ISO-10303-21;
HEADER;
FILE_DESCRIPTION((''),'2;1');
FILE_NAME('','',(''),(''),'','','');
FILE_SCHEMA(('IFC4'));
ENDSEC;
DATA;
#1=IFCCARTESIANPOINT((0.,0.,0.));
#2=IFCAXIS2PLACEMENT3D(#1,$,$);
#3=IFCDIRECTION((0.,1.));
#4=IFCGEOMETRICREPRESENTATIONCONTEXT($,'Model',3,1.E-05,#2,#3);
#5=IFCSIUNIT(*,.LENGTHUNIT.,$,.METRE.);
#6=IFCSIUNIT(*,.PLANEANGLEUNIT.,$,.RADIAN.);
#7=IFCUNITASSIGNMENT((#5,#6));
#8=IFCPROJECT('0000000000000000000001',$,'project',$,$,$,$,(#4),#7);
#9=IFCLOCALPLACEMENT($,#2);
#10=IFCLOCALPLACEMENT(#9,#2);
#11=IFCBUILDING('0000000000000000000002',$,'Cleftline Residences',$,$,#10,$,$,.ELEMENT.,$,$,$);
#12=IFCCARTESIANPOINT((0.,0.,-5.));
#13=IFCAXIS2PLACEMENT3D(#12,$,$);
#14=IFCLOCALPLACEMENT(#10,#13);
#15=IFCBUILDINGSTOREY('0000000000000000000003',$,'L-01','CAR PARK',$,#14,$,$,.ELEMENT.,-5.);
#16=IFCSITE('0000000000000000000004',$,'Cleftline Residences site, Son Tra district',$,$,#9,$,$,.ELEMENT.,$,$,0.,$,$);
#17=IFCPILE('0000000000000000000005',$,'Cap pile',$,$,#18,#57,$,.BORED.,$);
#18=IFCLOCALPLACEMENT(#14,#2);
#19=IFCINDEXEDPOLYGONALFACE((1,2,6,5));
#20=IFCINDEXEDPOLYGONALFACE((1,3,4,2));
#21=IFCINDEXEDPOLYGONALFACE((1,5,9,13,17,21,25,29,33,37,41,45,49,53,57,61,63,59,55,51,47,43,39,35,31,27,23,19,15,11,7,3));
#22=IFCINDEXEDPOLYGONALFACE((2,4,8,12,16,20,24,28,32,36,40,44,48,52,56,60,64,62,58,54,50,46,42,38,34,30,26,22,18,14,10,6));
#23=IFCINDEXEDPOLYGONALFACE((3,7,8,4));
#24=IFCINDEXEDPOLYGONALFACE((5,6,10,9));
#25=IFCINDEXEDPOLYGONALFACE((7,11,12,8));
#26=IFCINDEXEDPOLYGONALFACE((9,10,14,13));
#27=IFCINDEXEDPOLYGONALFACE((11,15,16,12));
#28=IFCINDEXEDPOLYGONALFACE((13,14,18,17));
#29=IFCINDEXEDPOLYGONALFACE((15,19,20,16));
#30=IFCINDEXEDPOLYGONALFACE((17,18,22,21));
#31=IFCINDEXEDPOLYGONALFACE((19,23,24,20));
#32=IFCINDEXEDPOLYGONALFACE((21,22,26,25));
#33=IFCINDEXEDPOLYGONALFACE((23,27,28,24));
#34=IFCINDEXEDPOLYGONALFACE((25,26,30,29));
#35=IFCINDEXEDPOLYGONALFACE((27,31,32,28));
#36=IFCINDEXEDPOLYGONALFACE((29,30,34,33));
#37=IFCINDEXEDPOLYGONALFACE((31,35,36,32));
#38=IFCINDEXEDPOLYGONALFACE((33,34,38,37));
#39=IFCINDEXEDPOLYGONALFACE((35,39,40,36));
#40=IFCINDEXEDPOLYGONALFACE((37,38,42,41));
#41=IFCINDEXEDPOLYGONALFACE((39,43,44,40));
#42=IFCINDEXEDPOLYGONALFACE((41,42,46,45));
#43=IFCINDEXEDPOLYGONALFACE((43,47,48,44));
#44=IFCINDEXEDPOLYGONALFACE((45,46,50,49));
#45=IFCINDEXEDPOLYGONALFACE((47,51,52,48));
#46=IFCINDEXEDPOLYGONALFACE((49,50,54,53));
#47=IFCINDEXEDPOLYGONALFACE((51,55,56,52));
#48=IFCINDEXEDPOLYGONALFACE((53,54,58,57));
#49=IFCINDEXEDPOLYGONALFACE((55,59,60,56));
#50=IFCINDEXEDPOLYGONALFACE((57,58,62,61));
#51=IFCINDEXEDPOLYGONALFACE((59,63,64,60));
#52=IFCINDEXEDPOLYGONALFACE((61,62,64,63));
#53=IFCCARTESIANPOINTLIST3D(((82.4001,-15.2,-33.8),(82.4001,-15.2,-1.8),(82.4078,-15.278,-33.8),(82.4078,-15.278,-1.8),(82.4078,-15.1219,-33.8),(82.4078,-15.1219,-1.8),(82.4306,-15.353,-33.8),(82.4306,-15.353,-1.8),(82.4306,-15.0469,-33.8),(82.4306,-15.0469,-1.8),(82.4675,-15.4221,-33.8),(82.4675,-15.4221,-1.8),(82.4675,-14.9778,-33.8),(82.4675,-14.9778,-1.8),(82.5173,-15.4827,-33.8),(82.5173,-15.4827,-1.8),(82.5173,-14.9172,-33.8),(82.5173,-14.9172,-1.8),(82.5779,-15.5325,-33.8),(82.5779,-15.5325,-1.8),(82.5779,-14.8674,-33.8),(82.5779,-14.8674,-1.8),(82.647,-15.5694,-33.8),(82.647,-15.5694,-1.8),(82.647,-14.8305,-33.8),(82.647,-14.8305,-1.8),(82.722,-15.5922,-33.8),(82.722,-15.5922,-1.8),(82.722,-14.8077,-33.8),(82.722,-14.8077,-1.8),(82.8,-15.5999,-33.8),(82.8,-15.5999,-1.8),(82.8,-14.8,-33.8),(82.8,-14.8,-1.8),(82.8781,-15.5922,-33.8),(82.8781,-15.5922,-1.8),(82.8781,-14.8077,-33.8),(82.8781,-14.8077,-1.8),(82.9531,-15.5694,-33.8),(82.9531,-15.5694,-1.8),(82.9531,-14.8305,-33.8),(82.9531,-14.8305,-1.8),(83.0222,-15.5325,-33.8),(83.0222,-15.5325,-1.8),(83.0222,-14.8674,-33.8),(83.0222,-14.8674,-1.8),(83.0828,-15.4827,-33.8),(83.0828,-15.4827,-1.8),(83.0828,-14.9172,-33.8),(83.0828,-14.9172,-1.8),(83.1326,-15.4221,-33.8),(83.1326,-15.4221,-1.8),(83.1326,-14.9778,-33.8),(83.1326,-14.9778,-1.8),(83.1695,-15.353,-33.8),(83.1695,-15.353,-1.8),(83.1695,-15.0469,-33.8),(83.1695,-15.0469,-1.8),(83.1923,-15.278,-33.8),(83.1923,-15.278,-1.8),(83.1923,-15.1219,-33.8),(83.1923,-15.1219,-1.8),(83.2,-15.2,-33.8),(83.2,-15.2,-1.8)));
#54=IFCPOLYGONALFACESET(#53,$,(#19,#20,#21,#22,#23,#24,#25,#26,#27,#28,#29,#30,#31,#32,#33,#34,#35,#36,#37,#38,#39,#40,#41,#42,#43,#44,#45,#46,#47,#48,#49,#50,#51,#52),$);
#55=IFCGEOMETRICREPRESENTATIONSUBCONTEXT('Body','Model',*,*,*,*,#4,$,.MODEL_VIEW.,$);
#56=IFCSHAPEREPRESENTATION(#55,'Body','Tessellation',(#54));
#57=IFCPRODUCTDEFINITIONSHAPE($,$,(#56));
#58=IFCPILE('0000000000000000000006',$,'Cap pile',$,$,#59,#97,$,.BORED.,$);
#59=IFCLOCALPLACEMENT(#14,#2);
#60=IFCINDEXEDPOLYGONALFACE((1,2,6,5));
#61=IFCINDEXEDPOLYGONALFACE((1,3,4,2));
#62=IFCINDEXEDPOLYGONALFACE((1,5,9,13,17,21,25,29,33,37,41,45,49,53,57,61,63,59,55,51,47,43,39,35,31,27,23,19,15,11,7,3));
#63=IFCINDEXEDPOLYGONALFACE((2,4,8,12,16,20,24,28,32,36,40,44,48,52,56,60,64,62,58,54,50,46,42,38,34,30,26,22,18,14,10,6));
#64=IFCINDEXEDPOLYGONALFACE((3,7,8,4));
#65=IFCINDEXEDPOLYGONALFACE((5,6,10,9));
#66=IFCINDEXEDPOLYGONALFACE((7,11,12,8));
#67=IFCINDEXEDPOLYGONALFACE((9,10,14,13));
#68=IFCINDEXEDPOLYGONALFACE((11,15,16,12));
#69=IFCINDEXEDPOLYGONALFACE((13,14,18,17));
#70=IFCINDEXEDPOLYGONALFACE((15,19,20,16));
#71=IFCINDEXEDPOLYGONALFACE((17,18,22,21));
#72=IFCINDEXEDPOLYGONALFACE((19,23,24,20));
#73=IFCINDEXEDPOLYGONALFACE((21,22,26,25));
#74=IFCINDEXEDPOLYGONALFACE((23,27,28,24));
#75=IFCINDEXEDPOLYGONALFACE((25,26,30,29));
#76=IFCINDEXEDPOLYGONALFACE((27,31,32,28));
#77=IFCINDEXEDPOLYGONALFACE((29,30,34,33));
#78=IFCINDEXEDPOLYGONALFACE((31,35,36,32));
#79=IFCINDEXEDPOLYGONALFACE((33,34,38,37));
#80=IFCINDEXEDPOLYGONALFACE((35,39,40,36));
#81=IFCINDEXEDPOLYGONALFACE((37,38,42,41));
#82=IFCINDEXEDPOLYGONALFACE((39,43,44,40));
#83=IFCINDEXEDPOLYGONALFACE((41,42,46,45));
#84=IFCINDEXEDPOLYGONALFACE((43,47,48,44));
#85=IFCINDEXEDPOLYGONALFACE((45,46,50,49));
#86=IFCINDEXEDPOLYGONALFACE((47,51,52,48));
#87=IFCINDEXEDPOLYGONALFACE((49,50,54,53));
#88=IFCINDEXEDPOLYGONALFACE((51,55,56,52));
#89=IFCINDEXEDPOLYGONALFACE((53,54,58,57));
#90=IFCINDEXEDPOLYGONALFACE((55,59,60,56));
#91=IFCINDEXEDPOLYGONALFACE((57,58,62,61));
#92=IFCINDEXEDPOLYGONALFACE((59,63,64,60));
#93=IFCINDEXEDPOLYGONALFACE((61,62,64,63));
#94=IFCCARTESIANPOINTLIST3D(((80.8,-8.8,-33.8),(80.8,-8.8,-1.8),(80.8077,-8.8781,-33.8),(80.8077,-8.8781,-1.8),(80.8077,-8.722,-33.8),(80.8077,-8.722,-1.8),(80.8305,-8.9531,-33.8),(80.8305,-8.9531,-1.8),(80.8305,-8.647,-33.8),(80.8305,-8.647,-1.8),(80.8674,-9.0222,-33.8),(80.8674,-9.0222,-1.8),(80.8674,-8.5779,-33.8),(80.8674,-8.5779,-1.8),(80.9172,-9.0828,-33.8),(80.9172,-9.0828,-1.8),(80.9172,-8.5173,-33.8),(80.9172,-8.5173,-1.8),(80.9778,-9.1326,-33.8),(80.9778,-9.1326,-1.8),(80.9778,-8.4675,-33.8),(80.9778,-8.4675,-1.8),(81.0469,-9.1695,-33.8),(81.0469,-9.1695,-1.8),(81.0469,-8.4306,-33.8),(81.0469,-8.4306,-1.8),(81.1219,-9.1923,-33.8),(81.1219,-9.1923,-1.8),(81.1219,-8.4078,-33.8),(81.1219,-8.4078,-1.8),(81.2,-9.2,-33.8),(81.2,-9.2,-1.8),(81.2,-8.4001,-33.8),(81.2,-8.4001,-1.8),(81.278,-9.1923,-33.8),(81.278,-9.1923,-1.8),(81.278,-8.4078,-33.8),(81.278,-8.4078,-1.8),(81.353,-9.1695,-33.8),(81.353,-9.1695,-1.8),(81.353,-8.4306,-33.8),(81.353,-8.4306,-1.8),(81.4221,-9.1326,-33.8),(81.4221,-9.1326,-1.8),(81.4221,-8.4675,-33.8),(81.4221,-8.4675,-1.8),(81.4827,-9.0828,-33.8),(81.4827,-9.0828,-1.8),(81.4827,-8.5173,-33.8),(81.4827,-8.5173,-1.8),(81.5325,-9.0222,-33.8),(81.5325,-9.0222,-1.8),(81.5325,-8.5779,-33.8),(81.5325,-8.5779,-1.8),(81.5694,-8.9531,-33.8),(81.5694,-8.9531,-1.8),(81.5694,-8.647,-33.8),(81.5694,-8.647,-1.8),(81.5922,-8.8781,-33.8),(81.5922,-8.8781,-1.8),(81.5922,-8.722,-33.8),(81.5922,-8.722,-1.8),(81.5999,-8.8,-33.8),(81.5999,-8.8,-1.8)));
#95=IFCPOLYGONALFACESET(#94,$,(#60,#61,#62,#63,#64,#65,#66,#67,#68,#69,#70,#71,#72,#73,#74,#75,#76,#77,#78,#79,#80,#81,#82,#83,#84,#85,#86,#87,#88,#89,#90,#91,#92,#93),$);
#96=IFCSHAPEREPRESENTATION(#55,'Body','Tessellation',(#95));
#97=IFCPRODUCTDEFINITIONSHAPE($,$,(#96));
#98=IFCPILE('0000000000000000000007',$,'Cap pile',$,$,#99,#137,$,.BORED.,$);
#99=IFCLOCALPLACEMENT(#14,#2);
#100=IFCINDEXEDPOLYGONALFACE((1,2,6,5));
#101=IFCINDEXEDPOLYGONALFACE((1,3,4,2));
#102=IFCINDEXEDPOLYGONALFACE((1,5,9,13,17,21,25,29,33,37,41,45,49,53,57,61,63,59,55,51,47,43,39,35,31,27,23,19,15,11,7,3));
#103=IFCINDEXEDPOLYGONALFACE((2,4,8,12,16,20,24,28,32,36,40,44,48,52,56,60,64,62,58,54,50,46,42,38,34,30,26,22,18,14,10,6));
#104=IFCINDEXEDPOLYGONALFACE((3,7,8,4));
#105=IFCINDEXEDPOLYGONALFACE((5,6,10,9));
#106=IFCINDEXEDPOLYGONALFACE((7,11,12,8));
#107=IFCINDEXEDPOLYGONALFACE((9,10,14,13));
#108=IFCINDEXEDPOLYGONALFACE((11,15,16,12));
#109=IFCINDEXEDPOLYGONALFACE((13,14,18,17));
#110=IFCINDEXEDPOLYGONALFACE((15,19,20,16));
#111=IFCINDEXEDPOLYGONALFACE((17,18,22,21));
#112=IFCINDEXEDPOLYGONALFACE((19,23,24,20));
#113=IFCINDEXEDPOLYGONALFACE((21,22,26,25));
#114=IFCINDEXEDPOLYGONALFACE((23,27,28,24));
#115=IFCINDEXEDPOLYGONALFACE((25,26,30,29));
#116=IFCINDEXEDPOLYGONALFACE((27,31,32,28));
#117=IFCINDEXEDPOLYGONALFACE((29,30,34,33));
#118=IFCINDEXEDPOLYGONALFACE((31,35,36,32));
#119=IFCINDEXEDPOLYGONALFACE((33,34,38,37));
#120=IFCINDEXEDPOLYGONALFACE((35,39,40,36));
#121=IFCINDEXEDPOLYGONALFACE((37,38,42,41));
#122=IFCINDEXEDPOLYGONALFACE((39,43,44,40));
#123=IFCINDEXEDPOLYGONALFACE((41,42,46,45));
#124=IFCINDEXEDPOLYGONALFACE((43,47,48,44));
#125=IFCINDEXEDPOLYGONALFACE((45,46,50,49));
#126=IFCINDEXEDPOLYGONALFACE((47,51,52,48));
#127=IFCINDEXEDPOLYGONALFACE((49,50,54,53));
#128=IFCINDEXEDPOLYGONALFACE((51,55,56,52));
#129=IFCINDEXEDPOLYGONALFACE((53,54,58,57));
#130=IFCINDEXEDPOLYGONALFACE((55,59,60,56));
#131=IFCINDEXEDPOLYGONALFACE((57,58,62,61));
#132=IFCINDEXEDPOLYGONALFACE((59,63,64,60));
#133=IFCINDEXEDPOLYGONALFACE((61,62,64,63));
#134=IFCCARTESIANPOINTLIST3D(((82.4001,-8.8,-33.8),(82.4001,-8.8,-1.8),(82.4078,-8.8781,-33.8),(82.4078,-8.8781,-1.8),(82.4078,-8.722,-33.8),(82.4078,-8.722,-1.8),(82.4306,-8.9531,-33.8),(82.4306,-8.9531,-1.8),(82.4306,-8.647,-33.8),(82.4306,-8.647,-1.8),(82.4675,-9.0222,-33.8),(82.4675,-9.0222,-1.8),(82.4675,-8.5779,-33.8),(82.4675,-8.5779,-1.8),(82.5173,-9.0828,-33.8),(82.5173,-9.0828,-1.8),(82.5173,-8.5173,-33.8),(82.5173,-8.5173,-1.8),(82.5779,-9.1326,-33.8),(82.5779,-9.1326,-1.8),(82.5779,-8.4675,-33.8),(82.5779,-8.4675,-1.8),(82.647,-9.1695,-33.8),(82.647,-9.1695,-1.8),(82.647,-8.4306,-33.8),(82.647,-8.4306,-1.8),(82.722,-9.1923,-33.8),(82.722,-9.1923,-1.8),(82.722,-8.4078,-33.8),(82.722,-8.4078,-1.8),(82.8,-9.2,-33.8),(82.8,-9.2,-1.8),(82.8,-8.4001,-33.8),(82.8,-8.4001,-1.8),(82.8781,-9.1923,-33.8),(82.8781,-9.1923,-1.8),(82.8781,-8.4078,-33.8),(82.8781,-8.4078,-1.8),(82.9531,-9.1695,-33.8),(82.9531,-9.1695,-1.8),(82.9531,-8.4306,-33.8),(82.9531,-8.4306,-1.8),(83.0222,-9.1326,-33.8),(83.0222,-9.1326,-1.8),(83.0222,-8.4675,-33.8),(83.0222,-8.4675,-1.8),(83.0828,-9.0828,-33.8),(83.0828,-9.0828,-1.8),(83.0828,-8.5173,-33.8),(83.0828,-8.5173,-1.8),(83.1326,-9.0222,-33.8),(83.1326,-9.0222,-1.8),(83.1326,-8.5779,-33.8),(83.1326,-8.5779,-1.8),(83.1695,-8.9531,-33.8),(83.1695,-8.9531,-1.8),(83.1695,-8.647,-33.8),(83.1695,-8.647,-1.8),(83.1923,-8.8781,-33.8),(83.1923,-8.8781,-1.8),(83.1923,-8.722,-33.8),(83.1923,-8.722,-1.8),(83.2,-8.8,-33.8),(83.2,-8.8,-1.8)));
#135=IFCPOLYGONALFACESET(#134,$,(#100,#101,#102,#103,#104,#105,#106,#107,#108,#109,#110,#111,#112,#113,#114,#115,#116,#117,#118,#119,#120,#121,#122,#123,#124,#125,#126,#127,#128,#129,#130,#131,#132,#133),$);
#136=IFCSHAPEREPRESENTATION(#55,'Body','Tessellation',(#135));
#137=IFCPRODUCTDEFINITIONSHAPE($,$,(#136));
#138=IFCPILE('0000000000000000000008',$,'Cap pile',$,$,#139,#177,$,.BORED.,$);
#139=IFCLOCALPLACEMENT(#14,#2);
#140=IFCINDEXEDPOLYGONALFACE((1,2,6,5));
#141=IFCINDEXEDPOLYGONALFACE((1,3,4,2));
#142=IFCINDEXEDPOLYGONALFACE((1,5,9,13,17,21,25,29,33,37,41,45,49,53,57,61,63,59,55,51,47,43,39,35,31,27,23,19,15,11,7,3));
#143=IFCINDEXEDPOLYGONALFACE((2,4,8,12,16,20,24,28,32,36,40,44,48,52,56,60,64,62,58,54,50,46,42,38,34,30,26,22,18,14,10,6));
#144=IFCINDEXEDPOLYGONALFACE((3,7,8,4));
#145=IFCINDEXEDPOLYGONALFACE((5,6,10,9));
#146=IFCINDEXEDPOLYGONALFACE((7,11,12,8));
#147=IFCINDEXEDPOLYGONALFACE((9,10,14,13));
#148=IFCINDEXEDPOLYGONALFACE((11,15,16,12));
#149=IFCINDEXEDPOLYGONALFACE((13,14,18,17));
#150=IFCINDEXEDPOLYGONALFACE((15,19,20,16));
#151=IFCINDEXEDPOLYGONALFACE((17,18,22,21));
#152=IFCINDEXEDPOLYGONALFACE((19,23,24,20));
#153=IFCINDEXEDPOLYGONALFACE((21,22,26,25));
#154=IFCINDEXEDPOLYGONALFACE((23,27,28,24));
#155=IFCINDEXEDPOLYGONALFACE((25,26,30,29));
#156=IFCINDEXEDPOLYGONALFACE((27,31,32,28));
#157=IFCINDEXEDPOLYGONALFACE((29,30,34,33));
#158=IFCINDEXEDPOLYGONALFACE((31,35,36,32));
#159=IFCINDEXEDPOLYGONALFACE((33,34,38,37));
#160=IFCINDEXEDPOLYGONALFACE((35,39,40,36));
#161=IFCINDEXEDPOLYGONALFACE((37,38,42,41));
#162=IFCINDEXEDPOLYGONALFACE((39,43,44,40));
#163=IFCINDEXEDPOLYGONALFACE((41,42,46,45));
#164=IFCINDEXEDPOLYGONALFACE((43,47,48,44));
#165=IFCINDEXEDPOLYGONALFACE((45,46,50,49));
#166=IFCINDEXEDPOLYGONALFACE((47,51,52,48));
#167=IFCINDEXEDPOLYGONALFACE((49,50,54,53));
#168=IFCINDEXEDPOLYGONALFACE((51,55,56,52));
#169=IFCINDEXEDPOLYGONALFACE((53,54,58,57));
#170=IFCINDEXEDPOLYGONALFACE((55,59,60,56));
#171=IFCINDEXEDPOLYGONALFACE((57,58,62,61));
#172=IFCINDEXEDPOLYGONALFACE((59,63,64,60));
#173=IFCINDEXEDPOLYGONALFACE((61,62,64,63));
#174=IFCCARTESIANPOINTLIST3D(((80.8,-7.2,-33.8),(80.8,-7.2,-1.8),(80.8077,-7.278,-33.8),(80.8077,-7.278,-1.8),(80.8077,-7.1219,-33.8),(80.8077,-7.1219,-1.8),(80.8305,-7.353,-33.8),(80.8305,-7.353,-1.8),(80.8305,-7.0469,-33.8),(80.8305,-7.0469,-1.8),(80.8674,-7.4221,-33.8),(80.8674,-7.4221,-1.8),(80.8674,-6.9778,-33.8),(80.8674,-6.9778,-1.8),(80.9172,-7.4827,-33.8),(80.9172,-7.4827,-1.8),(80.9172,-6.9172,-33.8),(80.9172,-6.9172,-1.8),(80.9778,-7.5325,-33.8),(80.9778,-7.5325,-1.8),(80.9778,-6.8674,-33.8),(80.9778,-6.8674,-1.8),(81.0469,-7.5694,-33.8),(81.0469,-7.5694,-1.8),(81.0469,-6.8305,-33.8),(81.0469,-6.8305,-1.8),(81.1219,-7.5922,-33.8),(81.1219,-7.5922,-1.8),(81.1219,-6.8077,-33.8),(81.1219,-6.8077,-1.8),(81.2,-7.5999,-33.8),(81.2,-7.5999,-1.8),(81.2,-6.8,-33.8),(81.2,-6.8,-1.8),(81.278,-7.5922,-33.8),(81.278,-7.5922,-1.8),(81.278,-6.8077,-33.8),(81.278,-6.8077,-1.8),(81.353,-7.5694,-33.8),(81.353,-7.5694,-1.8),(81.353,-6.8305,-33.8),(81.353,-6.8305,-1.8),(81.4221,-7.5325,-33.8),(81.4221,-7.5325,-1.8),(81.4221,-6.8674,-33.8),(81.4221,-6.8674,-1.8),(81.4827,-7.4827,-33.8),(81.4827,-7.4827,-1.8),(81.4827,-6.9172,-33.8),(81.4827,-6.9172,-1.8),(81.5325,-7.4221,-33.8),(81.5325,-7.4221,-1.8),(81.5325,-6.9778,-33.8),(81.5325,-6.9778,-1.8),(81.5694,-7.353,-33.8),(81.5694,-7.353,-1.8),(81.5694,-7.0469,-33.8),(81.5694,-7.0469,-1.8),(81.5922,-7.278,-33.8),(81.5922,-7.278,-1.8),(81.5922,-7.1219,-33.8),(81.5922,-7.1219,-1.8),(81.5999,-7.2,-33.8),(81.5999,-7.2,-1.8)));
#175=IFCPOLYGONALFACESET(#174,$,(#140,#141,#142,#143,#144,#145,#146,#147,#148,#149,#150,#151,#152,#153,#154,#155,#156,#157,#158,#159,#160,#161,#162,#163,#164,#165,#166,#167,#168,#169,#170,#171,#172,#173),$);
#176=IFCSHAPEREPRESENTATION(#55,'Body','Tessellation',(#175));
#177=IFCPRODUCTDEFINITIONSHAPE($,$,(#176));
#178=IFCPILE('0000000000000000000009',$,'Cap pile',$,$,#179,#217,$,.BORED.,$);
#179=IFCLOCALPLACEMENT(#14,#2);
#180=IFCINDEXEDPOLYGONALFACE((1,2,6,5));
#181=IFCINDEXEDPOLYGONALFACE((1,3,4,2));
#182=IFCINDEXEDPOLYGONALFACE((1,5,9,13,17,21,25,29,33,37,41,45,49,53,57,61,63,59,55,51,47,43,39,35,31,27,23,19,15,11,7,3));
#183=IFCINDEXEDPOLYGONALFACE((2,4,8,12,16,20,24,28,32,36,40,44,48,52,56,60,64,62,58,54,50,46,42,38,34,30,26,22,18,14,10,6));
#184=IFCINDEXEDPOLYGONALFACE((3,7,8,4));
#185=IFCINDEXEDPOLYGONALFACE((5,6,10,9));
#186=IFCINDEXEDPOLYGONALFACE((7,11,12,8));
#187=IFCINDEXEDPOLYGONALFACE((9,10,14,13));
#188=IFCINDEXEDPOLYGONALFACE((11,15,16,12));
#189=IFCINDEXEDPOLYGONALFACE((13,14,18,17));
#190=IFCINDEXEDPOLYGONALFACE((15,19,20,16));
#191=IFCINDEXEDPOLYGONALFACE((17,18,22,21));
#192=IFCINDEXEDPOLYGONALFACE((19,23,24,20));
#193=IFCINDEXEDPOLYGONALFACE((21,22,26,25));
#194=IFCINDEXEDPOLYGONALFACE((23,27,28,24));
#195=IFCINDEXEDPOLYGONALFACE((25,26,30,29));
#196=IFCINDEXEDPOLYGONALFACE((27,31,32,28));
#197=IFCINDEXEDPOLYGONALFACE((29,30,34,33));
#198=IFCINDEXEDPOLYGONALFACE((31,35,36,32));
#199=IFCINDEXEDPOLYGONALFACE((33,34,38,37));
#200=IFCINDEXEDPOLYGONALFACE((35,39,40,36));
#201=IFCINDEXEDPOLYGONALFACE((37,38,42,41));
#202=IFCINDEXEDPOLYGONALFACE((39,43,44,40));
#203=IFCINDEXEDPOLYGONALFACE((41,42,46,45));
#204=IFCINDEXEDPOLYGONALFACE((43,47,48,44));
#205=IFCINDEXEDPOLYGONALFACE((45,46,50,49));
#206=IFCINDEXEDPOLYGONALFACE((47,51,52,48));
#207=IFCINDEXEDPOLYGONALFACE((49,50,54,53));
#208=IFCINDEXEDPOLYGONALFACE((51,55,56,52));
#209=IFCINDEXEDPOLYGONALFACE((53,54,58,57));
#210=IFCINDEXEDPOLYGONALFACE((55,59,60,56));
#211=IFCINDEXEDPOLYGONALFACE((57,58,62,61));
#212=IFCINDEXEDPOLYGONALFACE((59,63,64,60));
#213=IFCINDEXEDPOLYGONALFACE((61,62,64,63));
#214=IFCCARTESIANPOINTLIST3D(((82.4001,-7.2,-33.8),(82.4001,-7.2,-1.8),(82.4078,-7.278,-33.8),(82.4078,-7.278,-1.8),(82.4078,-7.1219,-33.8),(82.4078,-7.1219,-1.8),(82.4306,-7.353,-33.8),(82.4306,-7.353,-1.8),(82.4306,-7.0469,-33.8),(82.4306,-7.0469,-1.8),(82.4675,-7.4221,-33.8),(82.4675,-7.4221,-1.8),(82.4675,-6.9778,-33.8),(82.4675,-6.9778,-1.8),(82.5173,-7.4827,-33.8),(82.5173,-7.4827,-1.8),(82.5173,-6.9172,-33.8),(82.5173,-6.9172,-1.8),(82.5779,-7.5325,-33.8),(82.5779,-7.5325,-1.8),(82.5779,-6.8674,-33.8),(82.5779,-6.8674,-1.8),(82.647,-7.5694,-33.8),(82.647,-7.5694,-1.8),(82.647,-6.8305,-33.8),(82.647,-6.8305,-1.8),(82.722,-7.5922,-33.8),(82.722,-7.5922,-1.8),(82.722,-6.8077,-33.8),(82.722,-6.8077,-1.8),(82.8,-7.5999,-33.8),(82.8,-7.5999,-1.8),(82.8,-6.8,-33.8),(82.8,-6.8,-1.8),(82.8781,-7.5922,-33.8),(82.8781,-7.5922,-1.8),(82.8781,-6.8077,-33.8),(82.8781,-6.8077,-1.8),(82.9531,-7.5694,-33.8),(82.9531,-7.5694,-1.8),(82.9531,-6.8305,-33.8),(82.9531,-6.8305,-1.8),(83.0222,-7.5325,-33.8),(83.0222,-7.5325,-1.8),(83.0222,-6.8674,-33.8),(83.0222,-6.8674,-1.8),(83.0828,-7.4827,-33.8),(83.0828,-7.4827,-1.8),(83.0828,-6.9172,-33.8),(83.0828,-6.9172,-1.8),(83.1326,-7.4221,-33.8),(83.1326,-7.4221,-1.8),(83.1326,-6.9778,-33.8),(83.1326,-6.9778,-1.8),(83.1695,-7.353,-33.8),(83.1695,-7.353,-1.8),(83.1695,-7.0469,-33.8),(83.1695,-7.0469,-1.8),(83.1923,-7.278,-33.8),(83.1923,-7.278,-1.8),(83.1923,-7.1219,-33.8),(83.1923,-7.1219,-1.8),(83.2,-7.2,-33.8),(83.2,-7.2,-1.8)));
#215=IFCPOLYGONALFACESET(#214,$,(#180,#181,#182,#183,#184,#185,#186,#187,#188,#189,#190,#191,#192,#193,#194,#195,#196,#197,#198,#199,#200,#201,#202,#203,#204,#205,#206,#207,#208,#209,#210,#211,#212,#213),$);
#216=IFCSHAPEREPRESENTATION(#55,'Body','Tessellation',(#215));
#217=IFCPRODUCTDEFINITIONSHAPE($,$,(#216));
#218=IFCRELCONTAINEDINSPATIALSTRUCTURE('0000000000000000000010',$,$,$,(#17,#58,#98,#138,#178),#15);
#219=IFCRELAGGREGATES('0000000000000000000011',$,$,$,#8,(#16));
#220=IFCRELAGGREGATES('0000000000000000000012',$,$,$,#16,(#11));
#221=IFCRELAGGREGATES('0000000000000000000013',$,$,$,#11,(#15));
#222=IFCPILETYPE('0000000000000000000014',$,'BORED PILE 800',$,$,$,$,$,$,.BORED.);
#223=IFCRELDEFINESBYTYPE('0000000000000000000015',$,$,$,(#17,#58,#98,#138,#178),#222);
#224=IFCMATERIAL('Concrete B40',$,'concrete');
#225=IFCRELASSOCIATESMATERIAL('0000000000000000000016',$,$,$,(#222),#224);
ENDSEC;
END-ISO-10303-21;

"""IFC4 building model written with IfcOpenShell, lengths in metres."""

from ifc_helpers import new_model, si_unit, direction, frame, origin, origin_2d, place, context, subcontext, project, spatial, circle, extrude, material, material_profile, profile_set, type_object, element, save


model = new_model("IFC4")

# Units and contexts
model_context = context("Model", 3, precision=1e-05, world=origin(), true_north=direction((0.0, 1.0)))
body_context = subcontext(model_context, "Body", "Model", "MODEL_VIEW")
ifc_project = project(units=[si_unit("LENGTHUNIT", "METRE"), si_unit("PLANEANGLEUNIT", "RADIAN")], contexts=[model_context])

# Site, building, storey
site_placement = place(None, origin())
site = spatial("IfcSite", under=ifc_project, at=site_placement, Name="Cleftline Residences site, Son Tra district", CompositionType="ELEMENT", RefElevation=0.0)
building_placement = place(site_placement, origin())
building = spatial("IfcBuilding", under=site, at=building_placement, Name="Cleftline Residences", CompositionType="ELEMENT")
storey_placement = place(building_placement, frame((0.0, 0.0, -5.0)))
storey = spatial("IfcBuildingStorey", under=building, at=storey_placement, Name="L-01", Description="CAR PARK", CompositionType="ELEMENT", Elevation=-5.0)

# Piles
ifc_material_1 = material(Name="Concrete B40", Category="concrete")
ifc_material_profile_1 = material_profile(ifc_material_1, circle(Radius=0.3999, at=origin_2d()))
ifc_profile_set_1 = profile_set([ifc_material_profile_1], Name="Concrete B40")
pile_type = type_object("IfcPileType", Name="BORED PILE 800", PredefinedType="BORED", material=ifc_profile_set_1)
for number, where, z_axis, x_axis, name in (
    (1, (82.8, -15.2, -1.8), (0.0, 0.0, -1.0), (1.0, 0.0, 0.0), "Cap pile"),
    (2, (81.2, -8.8, -1.8), (0.0, 0.0, -1.0), (1.0, 0.0, 0.0), "Cap pile"),
    (3, (82.8, -8.8, -1.8), (0.0, 0.0, -1.0), (1.0, 0.0, 0.0), "Cap pile"),
    (4, (81.2, -7.2, -1.8), (0.0, 0.0, -1.0), (1.0, 0.0, 0.0), "Cap pile"),
    (5, (82.8, -7.2, -1.8), (0.0, 0.0, -1.0), (1.0, 0.0, 0.0), "Cap pile"),
):
    element("IfcPile", number, at=place(storey_placement, frame(where, z_axis=z_axis, x_axis=x_axis)), inside=storey, type_object=pile_type, Name=name, PredefinedType="BORED", context=body_context, shape_type="SweptSolid", body=[
        extrude(circle(Radius=0.3999, at=origin_2d()), origin(), (0.0, 0.0, 1.0), 32.0),
    ])

save(model, "model.ifc")
